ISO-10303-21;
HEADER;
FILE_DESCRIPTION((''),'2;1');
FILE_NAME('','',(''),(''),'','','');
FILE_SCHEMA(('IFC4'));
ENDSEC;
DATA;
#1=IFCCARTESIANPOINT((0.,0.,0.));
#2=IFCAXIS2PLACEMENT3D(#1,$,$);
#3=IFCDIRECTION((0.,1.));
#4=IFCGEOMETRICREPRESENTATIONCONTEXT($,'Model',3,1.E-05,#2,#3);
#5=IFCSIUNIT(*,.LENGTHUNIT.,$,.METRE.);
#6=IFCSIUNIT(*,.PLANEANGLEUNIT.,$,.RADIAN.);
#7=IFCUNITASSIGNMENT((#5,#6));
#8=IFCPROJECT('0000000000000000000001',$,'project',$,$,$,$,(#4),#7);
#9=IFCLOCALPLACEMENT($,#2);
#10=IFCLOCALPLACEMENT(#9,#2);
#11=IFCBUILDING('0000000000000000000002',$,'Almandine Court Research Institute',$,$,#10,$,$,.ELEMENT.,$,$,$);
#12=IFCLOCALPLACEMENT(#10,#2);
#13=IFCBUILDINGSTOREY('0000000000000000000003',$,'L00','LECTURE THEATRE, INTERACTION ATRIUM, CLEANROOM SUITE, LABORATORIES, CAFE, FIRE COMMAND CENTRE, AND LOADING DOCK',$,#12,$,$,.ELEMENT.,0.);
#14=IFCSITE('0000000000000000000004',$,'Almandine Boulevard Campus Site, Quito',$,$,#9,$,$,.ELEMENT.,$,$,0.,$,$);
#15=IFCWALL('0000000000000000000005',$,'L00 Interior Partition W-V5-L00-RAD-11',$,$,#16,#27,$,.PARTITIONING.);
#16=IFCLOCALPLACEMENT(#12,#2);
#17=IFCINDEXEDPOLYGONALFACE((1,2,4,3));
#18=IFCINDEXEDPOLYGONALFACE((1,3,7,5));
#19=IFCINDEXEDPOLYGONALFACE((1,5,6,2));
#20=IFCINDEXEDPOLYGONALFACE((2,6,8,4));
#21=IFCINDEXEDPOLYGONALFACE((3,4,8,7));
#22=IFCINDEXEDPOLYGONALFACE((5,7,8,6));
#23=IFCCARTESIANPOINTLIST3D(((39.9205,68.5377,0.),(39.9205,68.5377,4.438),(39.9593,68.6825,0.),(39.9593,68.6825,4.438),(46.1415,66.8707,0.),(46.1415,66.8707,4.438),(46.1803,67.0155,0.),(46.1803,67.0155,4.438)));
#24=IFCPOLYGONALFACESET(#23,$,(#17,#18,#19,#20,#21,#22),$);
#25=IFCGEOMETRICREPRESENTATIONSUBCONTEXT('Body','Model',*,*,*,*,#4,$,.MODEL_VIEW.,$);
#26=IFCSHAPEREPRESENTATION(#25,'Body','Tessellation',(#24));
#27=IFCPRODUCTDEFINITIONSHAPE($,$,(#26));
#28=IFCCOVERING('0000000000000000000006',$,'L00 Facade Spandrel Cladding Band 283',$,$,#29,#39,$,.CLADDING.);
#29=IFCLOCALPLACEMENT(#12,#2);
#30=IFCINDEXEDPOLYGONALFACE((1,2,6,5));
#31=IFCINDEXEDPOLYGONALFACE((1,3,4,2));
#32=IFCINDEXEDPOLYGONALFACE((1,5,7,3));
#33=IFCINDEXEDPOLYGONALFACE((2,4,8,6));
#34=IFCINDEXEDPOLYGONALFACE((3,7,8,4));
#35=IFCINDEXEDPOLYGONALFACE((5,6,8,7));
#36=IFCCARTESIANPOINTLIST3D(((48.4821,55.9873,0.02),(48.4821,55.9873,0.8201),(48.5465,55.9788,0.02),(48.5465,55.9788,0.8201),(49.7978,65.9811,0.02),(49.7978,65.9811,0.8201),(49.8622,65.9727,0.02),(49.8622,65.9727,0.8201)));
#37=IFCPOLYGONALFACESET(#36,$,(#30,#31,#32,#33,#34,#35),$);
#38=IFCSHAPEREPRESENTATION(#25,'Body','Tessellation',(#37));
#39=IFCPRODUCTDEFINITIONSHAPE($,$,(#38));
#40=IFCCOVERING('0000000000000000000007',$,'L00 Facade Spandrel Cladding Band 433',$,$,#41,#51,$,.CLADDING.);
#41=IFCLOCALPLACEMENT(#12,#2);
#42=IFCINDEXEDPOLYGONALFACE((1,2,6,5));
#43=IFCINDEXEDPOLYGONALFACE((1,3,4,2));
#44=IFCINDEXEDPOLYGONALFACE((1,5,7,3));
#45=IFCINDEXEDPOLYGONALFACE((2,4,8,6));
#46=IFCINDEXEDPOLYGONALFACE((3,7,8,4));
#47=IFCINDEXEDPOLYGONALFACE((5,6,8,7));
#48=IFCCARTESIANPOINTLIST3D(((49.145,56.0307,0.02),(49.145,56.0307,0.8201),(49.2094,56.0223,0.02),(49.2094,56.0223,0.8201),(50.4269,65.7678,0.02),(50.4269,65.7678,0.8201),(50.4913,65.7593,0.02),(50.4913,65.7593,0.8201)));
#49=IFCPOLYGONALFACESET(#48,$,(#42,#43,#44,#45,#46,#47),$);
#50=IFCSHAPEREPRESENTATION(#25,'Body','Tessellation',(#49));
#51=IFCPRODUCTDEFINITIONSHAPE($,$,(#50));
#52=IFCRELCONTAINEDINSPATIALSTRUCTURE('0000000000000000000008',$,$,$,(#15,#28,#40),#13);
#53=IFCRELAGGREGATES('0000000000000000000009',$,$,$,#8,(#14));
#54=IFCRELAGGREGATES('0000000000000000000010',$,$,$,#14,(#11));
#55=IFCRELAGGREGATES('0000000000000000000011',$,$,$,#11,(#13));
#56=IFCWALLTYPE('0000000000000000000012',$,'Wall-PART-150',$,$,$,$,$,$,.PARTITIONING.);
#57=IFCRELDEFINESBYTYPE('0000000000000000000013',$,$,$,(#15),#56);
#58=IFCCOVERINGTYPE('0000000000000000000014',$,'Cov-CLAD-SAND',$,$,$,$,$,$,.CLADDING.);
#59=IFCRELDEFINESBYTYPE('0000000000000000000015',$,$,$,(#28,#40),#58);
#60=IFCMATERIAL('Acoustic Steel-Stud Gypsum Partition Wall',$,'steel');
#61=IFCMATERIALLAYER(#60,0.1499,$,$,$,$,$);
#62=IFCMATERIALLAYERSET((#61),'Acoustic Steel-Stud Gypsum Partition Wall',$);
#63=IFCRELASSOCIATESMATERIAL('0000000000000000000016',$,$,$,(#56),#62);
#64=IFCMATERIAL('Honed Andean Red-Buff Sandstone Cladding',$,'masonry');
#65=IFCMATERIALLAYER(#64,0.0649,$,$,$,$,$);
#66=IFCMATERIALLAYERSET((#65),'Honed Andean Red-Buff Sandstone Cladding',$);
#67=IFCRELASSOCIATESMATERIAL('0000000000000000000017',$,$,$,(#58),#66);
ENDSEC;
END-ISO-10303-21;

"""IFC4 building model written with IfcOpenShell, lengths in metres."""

from ifc_helpers import new_model, si_unit, direction, frame, frame_2d, origin, origin_2d, place, context, subcontext, project, spatial, rectangle, extrude, material, layer, layer_set, type_object, element, save


model = new_model("IFC4")

# Units and contexts
model_context = context("Model", 3, precision=1e-05, world=origin(), true_north=direction((0.0, 1.0)))
body_context = subcontext(model_context, "Body", "Model", "MODEL_VIEW")
ifc_project = project(units=[si_unit("LENGTHUNIT", "METRE"), si_unit("PLANEANGLEUNIT", "RADIAN")], contexts=[model_context])

# Site, building, storey
site_placement = place(None, origin())
site = spatial("IfcSite", under=ifc_project, at=site_placement, Name="Almandine Boulevard Campus Site, Quito", CompositionType="ELEMENT", RefElevation=0.0)
building_placement = place(site_placement, origin())
building = spatial("IfcBuilding", under=site, at=building_placement, Name="Almandine Court Research Institute", CompositionType="ELEMENT")
storey_placement = place(building_placement, origin())
storey = spatial("IfcBuildingStorey", under=building, at=storey_placement, Name="L00", Description="LECTURE THEATRE, INTERACTION ATRIUM, CLEANROOM SUITE, LABORATORIES, CAFE, FIRE COMMAND CENTRE, AND LOADING DOCK", CompositionType="ELEMENT", Elevation=0.0)

# Shared definitions
ifc_material_1 = material(Name="Acoustic Steel-Stud Gypsum Partition Wall", Category="steel")
ifc_layer_1 = layer(ifc_material_1, 0.1499)
ifc_layer_set_1 = layer_set([ifc_layer_1], Name="Acoustic Steel-Stud Gypsum Partition Wall")
wall_type_1 = type_object("IfcWallType", Name="Wall-PART-150", PredefinedType="PARTITIONING", material=ifc_layer_set_1)

# Wall
wall_1_placement = place(storey_placement, frame((46.1609, 66.9431, 0.0), z_axis=(0.0, 0.0, 1.0), x_axis=(-0.965922, 0.258833, 0.0)))
element("IfcWall", 1, at=wall_1_placement, inside=storey, type_object=wall_type_1, Name="L00 Interior Partition W-V5-L00-RAD-11", PredefinedType="PARTITIONING", context=body_context, shape_type="SweptSolid", body=[
    extrude(rectangle(XDim=6.4404, YDim=0.1499, at=frame_2d((3.2202, 0.0))), origin(), (0.0, 0.0, 1.0), 4.438),
])

# Coverings
ifc_material_2 = material(Name="Honed Andean Red-Buff Sandstone Cladding", Category="masonry")
ifc_layer_2 = layer(ifc_material_2, 0.0649)
ifc_layer_set_2 = layer_set([ifc_layer_2], Name="Honed Andean Red-Buff Sandstone Cladding")
covering_type = type_object("IfcCoveringType", Name="Cov-CLAD-SAND", PredefinedType="CLADDING", material=ifc_layer_set_2)
covering_1_placement = place(storey_placement, frame((49.1721, 60.98, 0.02), z_axis=(0.0, 0.0, 1.0), x_axis=(-0.130526, -0.991445, 0.0)))
element("IfcCovering", 2, at=covering_1_placement, inside=storey, type_object=covering_type, Name="L00 Facade Spandrel Cladding Band 283", PredefinedType="CLADDING", context=body_context, shape_type="SweptSolid", body=[
    extrude(rectangle(XDim=10.0801, YDim=0.0649, at=origin_2d()), origin(), (0.0, 0.0, 1.0), 0.8),
])
covering_2_placement = place(storey_placement, frame((49.8181, 60.895, 0.02), z_axis=(0.0, 0.0, 1.0), x_axis=(0.130526, 0.991445, 0.0)))
element("IfcCovering", 3, at=covering_2_placement, inside=storey, type_object=covering_type, Name="L00 Facade Spandrel Cladding Band 433", PredefinedType="CLADDING", context=body_context, shape_type="SweptSolid", body=[
    extrude(rectangle(XDim=9.821, YDim=0.0649, at=origin_2d()), origin(), (0.0, 0.0, 1.0), 0.8),
])

save(model, "model.ifc")
